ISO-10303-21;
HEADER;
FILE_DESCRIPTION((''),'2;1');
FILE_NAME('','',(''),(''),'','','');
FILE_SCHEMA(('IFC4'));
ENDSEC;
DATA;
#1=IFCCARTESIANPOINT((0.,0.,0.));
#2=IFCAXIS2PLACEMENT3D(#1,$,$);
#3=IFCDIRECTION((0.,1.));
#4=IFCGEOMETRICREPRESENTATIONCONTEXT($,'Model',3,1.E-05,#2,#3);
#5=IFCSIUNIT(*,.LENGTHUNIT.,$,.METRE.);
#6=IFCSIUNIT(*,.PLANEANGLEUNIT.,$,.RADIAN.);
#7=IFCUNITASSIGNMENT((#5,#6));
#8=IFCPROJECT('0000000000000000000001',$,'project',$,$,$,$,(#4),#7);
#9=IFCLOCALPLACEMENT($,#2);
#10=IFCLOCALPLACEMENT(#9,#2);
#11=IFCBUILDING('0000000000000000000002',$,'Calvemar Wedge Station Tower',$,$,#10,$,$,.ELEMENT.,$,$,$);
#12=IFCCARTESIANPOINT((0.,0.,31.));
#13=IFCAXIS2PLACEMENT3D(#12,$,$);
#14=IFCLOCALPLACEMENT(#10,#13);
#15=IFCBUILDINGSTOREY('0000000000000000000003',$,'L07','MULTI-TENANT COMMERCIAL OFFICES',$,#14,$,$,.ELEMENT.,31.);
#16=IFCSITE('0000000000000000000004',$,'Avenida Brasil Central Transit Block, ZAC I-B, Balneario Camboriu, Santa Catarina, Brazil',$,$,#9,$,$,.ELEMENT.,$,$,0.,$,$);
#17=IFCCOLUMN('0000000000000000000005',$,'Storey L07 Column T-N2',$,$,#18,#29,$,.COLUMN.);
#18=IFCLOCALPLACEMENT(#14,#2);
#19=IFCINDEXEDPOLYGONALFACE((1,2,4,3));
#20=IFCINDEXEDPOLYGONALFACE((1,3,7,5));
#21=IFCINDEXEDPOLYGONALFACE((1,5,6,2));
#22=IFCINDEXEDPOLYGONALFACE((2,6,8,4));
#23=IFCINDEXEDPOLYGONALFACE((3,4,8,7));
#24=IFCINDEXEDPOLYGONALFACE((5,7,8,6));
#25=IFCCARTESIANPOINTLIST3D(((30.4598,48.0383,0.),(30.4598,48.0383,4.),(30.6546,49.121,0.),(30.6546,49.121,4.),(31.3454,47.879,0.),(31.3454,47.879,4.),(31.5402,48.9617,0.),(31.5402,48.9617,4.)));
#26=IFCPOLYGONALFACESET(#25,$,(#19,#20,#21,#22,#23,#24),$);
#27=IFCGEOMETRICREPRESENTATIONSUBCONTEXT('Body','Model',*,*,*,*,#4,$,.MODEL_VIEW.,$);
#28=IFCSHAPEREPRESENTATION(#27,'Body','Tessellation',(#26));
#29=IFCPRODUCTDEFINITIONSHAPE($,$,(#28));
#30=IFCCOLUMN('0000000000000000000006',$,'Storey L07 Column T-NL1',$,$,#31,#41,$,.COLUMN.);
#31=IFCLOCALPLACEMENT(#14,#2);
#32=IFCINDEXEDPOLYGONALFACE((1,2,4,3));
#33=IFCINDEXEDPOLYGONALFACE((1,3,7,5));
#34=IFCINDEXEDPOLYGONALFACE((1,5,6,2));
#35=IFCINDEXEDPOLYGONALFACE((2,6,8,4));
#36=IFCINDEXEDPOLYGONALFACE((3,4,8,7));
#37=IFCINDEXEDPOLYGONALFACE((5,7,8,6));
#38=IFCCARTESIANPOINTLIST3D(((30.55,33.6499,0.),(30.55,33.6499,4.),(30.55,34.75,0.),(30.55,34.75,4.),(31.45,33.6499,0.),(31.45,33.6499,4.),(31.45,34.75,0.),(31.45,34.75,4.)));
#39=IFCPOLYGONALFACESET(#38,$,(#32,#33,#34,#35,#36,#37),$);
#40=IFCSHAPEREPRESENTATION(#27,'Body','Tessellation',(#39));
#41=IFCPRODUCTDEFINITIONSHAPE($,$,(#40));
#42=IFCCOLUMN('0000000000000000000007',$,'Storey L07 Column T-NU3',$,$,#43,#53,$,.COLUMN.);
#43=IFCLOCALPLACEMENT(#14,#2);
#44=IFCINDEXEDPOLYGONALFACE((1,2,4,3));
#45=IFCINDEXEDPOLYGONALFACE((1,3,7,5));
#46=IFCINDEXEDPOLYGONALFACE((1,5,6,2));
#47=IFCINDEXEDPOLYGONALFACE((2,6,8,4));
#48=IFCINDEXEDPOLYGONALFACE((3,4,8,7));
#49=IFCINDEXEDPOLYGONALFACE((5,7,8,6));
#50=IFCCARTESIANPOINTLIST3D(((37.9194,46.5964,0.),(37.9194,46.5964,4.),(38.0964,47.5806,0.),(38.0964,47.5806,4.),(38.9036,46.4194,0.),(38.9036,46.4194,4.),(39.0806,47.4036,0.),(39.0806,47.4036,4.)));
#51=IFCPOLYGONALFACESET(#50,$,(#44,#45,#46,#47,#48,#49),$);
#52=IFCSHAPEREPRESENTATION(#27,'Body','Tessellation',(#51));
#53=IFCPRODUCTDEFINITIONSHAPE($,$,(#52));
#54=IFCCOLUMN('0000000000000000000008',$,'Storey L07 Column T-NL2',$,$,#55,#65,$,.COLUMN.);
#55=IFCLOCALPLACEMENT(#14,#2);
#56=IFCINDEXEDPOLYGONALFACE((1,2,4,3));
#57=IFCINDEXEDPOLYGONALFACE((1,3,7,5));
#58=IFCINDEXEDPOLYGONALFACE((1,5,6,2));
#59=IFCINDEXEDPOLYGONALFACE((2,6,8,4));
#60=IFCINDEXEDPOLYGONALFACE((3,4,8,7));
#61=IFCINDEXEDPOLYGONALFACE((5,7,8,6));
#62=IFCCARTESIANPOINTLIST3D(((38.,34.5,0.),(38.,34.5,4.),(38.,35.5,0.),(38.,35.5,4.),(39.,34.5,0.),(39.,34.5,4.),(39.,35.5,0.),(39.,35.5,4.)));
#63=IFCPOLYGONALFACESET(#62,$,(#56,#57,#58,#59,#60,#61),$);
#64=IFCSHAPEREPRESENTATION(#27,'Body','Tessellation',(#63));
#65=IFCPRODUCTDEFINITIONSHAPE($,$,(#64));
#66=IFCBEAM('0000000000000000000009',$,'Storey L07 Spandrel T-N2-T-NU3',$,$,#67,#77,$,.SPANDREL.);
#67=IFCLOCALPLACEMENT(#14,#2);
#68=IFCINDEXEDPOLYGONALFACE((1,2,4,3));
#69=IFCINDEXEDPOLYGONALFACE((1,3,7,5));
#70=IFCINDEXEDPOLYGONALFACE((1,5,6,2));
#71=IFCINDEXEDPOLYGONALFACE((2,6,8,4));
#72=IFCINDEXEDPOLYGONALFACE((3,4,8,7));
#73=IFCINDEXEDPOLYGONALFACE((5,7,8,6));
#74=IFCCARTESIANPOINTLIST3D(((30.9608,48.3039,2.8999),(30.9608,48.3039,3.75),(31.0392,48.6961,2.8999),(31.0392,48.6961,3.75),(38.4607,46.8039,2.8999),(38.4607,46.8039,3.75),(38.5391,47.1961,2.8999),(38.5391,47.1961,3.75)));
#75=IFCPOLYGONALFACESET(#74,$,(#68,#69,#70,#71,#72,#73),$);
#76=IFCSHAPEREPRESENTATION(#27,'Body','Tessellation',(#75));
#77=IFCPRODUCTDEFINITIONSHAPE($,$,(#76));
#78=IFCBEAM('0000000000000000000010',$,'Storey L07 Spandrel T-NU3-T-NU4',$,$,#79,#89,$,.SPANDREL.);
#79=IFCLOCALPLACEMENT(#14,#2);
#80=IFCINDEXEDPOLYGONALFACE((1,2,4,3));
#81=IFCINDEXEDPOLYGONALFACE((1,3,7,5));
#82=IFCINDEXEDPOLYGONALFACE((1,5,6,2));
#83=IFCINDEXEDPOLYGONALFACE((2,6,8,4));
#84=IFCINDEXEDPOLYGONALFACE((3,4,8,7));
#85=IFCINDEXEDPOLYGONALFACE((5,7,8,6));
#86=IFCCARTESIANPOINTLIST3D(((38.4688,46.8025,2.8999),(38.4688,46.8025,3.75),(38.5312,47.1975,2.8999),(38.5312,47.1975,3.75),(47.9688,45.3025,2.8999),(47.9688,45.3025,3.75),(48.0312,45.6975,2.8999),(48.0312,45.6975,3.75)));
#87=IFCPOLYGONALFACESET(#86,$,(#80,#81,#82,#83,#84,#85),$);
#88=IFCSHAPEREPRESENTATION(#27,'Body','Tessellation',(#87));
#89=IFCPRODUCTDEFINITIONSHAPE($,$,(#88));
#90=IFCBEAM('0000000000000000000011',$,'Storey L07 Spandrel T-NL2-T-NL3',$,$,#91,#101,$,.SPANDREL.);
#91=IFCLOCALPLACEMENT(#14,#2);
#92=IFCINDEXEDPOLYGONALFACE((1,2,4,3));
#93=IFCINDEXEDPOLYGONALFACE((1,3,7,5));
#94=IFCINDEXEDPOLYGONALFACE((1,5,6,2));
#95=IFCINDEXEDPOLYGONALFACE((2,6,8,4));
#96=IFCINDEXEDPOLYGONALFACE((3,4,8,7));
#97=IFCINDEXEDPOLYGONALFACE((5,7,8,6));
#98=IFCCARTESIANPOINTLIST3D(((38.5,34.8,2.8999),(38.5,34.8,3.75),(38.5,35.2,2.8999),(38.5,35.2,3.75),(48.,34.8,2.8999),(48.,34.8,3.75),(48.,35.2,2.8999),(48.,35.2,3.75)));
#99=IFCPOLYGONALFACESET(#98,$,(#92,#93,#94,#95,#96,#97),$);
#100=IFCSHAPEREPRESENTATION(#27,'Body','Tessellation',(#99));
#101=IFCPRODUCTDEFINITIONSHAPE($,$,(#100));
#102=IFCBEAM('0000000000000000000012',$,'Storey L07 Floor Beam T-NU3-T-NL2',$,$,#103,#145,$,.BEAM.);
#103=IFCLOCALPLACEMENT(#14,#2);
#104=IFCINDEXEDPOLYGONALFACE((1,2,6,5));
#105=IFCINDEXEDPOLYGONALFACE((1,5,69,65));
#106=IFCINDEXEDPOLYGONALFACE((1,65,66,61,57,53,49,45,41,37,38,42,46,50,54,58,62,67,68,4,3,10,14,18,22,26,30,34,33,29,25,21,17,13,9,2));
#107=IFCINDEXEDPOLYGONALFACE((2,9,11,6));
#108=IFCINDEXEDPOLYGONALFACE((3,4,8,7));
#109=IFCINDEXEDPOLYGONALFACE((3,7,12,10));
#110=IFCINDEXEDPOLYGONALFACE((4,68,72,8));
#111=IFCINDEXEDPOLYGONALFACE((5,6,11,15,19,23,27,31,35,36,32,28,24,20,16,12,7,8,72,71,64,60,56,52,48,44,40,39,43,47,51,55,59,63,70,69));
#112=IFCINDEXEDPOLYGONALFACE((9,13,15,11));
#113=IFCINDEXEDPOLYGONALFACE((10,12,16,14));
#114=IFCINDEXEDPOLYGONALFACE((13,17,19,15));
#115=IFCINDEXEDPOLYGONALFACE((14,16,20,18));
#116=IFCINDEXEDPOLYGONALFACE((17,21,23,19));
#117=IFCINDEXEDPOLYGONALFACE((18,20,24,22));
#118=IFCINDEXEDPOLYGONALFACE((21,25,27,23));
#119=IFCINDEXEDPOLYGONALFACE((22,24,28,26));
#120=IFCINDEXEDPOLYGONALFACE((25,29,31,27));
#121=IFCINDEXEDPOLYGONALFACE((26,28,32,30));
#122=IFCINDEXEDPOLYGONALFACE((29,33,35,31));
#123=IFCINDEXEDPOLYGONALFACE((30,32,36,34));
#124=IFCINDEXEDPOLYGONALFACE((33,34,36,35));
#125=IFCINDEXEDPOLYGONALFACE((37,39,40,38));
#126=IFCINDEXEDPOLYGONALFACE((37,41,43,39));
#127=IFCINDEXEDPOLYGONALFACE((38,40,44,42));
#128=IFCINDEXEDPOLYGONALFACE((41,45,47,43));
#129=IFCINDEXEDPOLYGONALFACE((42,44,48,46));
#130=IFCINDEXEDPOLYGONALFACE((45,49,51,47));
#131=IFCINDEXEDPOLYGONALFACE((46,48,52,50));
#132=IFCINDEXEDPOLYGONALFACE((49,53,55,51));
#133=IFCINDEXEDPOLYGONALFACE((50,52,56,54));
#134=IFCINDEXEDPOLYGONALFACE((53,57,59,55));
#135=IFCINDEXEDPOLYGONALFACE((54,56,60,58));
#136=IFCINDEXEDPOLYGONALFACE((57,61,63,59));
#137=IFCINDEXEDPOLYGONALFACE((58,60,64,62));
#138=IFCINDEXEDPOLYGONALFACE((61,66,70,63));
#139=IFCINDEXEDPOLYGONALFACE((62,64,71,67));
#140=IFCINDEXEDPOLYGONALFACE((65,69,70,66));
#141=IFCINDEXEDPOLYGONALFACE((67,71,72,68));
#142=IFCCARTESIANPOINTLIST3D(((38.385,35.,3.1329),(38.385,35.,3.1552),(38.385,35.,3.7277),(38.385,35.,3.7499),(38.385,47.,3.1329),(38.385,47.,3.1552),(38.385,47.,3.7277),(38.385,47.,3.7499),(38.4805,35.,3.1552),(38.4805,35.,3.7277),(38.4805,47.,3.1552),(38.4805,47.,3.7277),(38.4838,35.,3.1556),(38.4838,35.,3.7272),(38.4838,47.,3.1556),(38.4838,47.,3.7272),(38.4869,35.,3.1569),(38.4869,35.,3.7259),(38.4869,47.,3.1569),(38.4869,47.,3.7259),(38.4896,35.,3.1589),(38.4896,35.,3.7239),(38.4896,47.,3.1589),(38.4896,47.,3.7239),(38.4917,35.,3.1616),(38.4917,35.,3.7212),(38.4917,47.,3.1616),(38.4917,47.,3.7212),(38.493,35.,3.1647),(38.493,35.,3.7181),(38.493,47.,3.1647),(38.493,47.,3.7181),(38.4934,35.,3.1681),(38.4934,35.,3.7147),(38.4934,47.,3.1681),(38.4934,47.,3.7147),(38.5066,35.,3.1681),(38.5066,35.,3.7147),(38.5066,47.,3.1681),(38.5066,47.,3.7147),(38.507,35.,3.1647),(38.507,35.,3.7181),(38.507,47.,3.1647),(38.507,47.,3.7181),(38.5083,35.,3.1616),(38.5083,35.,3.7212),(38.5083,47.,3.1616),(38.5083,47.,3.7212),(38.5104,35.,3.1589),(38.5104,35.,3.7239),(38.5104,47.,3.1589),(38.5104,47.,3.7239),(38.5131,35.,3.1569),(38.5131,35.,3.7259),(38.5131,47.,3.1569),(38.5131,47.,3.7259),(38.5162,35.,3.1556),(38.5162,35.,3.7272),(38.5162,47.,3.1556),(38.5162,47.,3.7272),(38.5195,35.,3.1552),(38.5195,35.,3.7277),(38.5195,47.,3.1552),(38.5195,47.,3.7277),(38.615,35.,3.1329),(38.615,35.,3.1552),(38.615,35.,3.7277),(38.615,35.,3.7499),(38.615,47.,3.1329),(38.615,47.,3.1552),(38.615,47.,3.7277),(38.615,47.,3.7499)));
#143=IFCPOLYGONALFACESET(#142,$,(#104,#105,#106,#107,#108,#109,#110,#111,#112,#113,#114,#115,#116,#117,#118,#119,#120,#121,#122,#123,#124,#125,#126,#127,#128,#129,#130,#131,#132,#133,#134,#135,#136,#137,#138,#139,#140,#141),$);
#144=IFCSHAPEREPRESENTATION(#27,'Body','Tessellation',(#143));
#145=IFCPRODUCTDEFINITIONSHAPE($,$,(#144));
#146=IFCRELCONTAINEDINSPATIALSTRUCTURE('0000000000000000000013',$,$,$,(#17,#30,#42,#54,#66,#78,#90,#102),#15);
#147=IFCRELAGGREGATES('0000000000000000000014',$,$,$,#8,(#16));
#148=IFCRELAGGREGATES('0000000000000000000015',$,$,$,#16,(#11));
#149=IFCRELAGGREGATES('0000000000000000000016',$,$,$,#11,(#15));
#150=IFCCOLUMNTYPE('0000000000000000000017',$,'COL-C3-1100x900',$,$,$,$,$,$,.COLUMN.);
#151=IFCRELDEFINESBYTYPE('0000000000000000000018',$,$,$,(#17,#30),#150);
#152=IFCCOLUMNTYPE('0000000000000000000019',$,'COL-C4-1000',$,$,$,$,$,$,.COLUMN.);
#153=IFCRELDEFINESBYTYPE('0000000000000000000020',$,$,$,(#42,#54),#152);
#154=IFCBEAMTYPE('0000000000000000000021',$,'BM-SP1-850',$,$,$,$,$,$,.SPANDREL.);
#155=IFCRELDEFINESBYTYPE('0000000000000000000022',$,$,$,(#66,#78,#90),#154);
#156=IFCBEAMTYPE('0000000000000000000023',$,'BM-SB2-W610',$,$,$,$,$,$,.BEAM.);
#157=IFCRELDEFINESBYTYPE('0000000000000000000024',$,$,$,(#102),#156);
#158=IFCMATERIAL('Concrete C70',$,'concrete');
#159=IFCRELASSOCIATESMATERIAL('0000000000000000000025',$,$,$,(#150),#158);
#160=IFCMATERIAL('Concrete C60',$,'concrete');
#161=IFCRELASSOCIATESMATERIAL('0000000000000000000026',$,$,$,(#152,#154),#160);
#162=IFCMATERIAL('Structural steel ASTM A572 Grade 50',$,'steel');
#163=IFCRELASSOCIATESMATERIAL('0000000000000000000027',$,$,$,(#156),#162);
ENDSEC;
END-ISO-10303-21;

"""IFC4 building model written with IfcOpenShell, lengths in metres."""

from ifc_helpers import new_model, si_unit, direction, frame, origin, origin_2d, place, context, subcontext, project, spatial, rectangle, i_section, extrude, source, transform, mapped, material, material_profile, profile_set, type_object, element, save


model = new_model("IFC4")

# Units and contexts
model_context = context("Model", 3, precision=1e-05, world=origin(), true_north=direction((0.0, 1.0)))
body_context = subcontext(model_context, "Body", "Model", "MODEL_VIEW")
ifc_project = project(units=[si_unit("LENGTHUNIT", "METRE"), si_unit("PLANEANGLEUNIT", "RADIAN")], contexts=[model_context])

# Site, building, storey
site_placement = place(None, origin())
site = spatial("IfcSite", under=ifc_project, at=site_placement, Name="Avenida Brasil Central Transit Block, ZAC I-B, Balneario Camboriu, Santa Catarina, Brazil", CompositionType="ELEMENT", RefElevation=0.0)
building_placement = place(site_placement, origin())
building = spatial("IfcBuilding", under=site, at=building_placement, Name="Calvemar Wedge Station Tower", CompositionType="ELEMENT")
storey_placement = place(building_placement, frame((0.0, 0.0, 31.0)))
storey = spatial("IfcBuildingStorey", under=building, at=storey_placement, Name="L07", Description="MULTI-TENANT COMMERCIAL OFFICES", CompositionType="ELEMENT", Elevation=31.0)

# Columns
ifc_material_1 = material(Name="Concrete C70", Category="concrete")
ifc_material_profile_1 = material_profile(ifc_material_1, rectangle(XDim=0.8999, YDim=1.1001, at=origin_2d()), Name="RC1100x900")
ifc_profile_set_1 = profile_set([ifc_material_profile_1], Name="Concrete C70")
column_type_1 = type_object("IfcColumnType", Name="COL-C3-1100x900", PredefinedType="COLUMN", material=ifc_profile_set_1)
shared_shape_1 = source(origin(), body_context, "Body", "SweptSolid", [
    extrude(rectangle(XDim=0.8999, YDim=1.1001, at=origin_2d()), origin(), (0.0, 0.0, 1.0), 4.0),
])
for number, where, z_axis, x_axis, name in (
    (1, (31.0, 48.5, 0.0), (0.0, 0.0, 1.0), (0.984196, -0.177085, 0.0), "Storey L07 Column T-N2"),
    (2, (31.0, 34.2, 0.0), (0.0, 0.0, 1.0), (1.0, 0.0, 0.0), "Storey L07 Column T-NL1"),
):
    element("IfcColumn", number, at=place(storey_placement, frame(where, z_axis=z_axis, x_axis=x_axis)), inside=storey, type_object=column_type_1, Name=name, PredefinedType="COLUMN", context=body_context, shape_type="MappedRepresentation", body=[
        mapped(shared_shape_1, transform((0.0, 0.0, 0.0), scale=1.0)),
    ])
ifc_material_2 = material(Name="Concrete C60", Category="concrete")
ifc_material_profile_2 = material_profile(ifc_material_2, rectangle(XDim=1.0, YDim=1.0, at=origin_2d()), Name="RC1000x1000")
ifc_profile_set_2 = profile_set([ifc_material_profile_2], Name="Concrete C60")
column_type_2 = type_object("IfcColumnType", Name="COL-C4-1000", PredefinedType="COLUMN", material=ifc_profile_set_2)
shared_shape_2 = source(origin(), body_context, "Body", "SweptSolid", [
    extrude(rectangle(XDim=1.0, YDim=1.0, at=origin_2d()), origin(), (0.0, 0.0, 1.0), 4.0),
])
for number, where, z_axis, x_axis, name in (
    (3, (38.5, 47.0, 0.0), (0.0, 0.0, 1.0), (0.984196, -0.177085, 0.0), "Storey L07 Column T-NU3"),
    (4, (38.5, 35.0, 0.0), (0.0, 0.0, 1.0), (1.0, 0.0, 0.0), "Storey L07 Column T-NL2"),
):
    element("IfcColumn", number, at=place(storey_placement, frame(where, z_axis=z_axis, x_axis=x_axis)), inside=storey, type_object=column_type_2, Name=name, PredefinedType="COLUMN", context=body_context, shape_type="MappedRepresentation", body=[
        mapped(shared_shape_2, transform((0.0, 0.0, 0.0), scale=1.0)),
    ])

# Beams
ifc_material_profile_3 = material_profile(ifc_material_2, rectangle(XDim=0.3999, YDim=0.8501, at=origin_2d()), Name="RC400x850")
ifc_profile_set_3 = profile_set([ifc_material_profile_3], Name="Concrete C60")
beam_type_1 = type_object("IfcBeamType", Name="BM-SP1-850", PredefinedType="SPANDREL", material=ifc_profile_set_3)
shared_shape_3 = source(origin(), body_context, "Body", "SweptSolid", [
    extrude(rectangle(XDim=0.3999, YDim=0.8501, at=origin_2d()), origin(), (0.0, 0.0, 1.0), 7.6484),
])
beam_1_placement = place(storey_placement, frame((31.0, 48.5, 3.325), z_axis=(0.980581, -0.196116, 0.0), x_axis=(0.196116, 0.980581, 0.0)))
element("IfcBeam", 5, at=beam_1_placement, inside=storey, type_object=beam_type_1, Name="Storey L07 Spandrel T-N2-T-NU3", PredefinedType="SPANDREL", context=body_context, shape_type="MappedRepresentation", body=[
    mapped(shared_shape_3, transform((0.0, 0.0, 0.0), scale=1.0)),
])
shared_shape_4 = source(origin(), body_context, "Body", "SweptSolid", [
    extrude(rectangle(XDim=0.3999, YDim=0.8501, at=origin_2d()), origin(), (0.0, 0.0, 1.0), 9.6177),
])
beam_2_placement = place(storey_placement, frame((38.5, 47.0, 3.325), z_axis=(0.987763, -0.155963, 0.0), x_axis=(0.155963, 0.987763, 0.0)))
element("IfcBeam", 6, at=beam_2_placement, inside=storey, type_object=beam_type_1, Name="Storey L07 Spandrel T-NU3-T-NU4", PredefinedType="SPANDREL", context=body_context, shape_type="MappedRepresentation", body=[
    mapped(shared_shape_4, transform((0.0, 0.0, 0.0), scale=1.0)),
])
shared_shape_5 = source(origin(), body_context, "Body", "SweptSolid", [
    extrude(rectangle(XDim=0.3999, YDim=0.8501, at=origin_2d()), origin(), (0.0, 0.0, 1.0), 9.5),
])
beam_3_placement = place(storey_placement, frame((38.5, 35.0, 3.325), z_axis=(1.0, 0.0, 0.0), x_axis=(0.0, 1.0, 0.0)))
element("IfcBeam", 7, at=beam_3_placement, inside=storey, type_object=beam_type_1, Name="Storey L07 Spandrel T-NL2-T-NL3", PredefinedType="SPANDREL", context=body_context, shape_type="MappedRepresentation", body=[
    mapped(shared_shape_5, transform((0.0, 0.0, 0.0), scale=1.0)),
])
ifc_material_3 = material(Name="Structural steel ASTM A572 Grade 50", Category="steel")
ifc_material_profile_4 = material_profile(ifc_material_3, i_section(OverallWidth=0.23, OverallDepth=0.6169, WebThickness=0.0132, FlangeThickness=0.0222, FilletRadius=0.0129, at=origin_2d()), Name="W610x140")
ifc_profile_set_4 = profile_set([ifc_material_profile_4], Name="Structural steel ASTM A572 Grade 50")
beam_type_2 = type_object("IfcBeamType", Name="BM-SB2-W610", PredefinedType="BEAM", material=ifc_profile_set_4)
shared_shape_6 = source(origin(), body_context, "Body", "SweptSolid", [
    extrude(i_section(OverallWidth=0.23, OverallDepth=0.6169, WebThickness=0.0132, FlangeThickness=0.0222, FilletRadius=0.0129, at=origin_2d()), origin(), (0.0, 0.0, 1.0), 12.0),
])
beam_4_placement = place(storey_placement, frame((38.5, 47.0, 3.4414), z_axis=(0.0, -1.0, 0.0), x_axis=(1.0, 0.0, 0.0)))
element("IfcBeam", 8, at=beam_4_placement, inside=storey, type_object=beam_type_2, Name="Storey L07 Floor Beam T-NU3-T-NL2", PredefinedType="BEAM", context=body_context, shape_type="MappedRepresentation", body=[
    mapped(shared_shape_6, transform((0.0, 0.0, 0.0), scale=1.0)),
])

save(model, "model.ifc")
